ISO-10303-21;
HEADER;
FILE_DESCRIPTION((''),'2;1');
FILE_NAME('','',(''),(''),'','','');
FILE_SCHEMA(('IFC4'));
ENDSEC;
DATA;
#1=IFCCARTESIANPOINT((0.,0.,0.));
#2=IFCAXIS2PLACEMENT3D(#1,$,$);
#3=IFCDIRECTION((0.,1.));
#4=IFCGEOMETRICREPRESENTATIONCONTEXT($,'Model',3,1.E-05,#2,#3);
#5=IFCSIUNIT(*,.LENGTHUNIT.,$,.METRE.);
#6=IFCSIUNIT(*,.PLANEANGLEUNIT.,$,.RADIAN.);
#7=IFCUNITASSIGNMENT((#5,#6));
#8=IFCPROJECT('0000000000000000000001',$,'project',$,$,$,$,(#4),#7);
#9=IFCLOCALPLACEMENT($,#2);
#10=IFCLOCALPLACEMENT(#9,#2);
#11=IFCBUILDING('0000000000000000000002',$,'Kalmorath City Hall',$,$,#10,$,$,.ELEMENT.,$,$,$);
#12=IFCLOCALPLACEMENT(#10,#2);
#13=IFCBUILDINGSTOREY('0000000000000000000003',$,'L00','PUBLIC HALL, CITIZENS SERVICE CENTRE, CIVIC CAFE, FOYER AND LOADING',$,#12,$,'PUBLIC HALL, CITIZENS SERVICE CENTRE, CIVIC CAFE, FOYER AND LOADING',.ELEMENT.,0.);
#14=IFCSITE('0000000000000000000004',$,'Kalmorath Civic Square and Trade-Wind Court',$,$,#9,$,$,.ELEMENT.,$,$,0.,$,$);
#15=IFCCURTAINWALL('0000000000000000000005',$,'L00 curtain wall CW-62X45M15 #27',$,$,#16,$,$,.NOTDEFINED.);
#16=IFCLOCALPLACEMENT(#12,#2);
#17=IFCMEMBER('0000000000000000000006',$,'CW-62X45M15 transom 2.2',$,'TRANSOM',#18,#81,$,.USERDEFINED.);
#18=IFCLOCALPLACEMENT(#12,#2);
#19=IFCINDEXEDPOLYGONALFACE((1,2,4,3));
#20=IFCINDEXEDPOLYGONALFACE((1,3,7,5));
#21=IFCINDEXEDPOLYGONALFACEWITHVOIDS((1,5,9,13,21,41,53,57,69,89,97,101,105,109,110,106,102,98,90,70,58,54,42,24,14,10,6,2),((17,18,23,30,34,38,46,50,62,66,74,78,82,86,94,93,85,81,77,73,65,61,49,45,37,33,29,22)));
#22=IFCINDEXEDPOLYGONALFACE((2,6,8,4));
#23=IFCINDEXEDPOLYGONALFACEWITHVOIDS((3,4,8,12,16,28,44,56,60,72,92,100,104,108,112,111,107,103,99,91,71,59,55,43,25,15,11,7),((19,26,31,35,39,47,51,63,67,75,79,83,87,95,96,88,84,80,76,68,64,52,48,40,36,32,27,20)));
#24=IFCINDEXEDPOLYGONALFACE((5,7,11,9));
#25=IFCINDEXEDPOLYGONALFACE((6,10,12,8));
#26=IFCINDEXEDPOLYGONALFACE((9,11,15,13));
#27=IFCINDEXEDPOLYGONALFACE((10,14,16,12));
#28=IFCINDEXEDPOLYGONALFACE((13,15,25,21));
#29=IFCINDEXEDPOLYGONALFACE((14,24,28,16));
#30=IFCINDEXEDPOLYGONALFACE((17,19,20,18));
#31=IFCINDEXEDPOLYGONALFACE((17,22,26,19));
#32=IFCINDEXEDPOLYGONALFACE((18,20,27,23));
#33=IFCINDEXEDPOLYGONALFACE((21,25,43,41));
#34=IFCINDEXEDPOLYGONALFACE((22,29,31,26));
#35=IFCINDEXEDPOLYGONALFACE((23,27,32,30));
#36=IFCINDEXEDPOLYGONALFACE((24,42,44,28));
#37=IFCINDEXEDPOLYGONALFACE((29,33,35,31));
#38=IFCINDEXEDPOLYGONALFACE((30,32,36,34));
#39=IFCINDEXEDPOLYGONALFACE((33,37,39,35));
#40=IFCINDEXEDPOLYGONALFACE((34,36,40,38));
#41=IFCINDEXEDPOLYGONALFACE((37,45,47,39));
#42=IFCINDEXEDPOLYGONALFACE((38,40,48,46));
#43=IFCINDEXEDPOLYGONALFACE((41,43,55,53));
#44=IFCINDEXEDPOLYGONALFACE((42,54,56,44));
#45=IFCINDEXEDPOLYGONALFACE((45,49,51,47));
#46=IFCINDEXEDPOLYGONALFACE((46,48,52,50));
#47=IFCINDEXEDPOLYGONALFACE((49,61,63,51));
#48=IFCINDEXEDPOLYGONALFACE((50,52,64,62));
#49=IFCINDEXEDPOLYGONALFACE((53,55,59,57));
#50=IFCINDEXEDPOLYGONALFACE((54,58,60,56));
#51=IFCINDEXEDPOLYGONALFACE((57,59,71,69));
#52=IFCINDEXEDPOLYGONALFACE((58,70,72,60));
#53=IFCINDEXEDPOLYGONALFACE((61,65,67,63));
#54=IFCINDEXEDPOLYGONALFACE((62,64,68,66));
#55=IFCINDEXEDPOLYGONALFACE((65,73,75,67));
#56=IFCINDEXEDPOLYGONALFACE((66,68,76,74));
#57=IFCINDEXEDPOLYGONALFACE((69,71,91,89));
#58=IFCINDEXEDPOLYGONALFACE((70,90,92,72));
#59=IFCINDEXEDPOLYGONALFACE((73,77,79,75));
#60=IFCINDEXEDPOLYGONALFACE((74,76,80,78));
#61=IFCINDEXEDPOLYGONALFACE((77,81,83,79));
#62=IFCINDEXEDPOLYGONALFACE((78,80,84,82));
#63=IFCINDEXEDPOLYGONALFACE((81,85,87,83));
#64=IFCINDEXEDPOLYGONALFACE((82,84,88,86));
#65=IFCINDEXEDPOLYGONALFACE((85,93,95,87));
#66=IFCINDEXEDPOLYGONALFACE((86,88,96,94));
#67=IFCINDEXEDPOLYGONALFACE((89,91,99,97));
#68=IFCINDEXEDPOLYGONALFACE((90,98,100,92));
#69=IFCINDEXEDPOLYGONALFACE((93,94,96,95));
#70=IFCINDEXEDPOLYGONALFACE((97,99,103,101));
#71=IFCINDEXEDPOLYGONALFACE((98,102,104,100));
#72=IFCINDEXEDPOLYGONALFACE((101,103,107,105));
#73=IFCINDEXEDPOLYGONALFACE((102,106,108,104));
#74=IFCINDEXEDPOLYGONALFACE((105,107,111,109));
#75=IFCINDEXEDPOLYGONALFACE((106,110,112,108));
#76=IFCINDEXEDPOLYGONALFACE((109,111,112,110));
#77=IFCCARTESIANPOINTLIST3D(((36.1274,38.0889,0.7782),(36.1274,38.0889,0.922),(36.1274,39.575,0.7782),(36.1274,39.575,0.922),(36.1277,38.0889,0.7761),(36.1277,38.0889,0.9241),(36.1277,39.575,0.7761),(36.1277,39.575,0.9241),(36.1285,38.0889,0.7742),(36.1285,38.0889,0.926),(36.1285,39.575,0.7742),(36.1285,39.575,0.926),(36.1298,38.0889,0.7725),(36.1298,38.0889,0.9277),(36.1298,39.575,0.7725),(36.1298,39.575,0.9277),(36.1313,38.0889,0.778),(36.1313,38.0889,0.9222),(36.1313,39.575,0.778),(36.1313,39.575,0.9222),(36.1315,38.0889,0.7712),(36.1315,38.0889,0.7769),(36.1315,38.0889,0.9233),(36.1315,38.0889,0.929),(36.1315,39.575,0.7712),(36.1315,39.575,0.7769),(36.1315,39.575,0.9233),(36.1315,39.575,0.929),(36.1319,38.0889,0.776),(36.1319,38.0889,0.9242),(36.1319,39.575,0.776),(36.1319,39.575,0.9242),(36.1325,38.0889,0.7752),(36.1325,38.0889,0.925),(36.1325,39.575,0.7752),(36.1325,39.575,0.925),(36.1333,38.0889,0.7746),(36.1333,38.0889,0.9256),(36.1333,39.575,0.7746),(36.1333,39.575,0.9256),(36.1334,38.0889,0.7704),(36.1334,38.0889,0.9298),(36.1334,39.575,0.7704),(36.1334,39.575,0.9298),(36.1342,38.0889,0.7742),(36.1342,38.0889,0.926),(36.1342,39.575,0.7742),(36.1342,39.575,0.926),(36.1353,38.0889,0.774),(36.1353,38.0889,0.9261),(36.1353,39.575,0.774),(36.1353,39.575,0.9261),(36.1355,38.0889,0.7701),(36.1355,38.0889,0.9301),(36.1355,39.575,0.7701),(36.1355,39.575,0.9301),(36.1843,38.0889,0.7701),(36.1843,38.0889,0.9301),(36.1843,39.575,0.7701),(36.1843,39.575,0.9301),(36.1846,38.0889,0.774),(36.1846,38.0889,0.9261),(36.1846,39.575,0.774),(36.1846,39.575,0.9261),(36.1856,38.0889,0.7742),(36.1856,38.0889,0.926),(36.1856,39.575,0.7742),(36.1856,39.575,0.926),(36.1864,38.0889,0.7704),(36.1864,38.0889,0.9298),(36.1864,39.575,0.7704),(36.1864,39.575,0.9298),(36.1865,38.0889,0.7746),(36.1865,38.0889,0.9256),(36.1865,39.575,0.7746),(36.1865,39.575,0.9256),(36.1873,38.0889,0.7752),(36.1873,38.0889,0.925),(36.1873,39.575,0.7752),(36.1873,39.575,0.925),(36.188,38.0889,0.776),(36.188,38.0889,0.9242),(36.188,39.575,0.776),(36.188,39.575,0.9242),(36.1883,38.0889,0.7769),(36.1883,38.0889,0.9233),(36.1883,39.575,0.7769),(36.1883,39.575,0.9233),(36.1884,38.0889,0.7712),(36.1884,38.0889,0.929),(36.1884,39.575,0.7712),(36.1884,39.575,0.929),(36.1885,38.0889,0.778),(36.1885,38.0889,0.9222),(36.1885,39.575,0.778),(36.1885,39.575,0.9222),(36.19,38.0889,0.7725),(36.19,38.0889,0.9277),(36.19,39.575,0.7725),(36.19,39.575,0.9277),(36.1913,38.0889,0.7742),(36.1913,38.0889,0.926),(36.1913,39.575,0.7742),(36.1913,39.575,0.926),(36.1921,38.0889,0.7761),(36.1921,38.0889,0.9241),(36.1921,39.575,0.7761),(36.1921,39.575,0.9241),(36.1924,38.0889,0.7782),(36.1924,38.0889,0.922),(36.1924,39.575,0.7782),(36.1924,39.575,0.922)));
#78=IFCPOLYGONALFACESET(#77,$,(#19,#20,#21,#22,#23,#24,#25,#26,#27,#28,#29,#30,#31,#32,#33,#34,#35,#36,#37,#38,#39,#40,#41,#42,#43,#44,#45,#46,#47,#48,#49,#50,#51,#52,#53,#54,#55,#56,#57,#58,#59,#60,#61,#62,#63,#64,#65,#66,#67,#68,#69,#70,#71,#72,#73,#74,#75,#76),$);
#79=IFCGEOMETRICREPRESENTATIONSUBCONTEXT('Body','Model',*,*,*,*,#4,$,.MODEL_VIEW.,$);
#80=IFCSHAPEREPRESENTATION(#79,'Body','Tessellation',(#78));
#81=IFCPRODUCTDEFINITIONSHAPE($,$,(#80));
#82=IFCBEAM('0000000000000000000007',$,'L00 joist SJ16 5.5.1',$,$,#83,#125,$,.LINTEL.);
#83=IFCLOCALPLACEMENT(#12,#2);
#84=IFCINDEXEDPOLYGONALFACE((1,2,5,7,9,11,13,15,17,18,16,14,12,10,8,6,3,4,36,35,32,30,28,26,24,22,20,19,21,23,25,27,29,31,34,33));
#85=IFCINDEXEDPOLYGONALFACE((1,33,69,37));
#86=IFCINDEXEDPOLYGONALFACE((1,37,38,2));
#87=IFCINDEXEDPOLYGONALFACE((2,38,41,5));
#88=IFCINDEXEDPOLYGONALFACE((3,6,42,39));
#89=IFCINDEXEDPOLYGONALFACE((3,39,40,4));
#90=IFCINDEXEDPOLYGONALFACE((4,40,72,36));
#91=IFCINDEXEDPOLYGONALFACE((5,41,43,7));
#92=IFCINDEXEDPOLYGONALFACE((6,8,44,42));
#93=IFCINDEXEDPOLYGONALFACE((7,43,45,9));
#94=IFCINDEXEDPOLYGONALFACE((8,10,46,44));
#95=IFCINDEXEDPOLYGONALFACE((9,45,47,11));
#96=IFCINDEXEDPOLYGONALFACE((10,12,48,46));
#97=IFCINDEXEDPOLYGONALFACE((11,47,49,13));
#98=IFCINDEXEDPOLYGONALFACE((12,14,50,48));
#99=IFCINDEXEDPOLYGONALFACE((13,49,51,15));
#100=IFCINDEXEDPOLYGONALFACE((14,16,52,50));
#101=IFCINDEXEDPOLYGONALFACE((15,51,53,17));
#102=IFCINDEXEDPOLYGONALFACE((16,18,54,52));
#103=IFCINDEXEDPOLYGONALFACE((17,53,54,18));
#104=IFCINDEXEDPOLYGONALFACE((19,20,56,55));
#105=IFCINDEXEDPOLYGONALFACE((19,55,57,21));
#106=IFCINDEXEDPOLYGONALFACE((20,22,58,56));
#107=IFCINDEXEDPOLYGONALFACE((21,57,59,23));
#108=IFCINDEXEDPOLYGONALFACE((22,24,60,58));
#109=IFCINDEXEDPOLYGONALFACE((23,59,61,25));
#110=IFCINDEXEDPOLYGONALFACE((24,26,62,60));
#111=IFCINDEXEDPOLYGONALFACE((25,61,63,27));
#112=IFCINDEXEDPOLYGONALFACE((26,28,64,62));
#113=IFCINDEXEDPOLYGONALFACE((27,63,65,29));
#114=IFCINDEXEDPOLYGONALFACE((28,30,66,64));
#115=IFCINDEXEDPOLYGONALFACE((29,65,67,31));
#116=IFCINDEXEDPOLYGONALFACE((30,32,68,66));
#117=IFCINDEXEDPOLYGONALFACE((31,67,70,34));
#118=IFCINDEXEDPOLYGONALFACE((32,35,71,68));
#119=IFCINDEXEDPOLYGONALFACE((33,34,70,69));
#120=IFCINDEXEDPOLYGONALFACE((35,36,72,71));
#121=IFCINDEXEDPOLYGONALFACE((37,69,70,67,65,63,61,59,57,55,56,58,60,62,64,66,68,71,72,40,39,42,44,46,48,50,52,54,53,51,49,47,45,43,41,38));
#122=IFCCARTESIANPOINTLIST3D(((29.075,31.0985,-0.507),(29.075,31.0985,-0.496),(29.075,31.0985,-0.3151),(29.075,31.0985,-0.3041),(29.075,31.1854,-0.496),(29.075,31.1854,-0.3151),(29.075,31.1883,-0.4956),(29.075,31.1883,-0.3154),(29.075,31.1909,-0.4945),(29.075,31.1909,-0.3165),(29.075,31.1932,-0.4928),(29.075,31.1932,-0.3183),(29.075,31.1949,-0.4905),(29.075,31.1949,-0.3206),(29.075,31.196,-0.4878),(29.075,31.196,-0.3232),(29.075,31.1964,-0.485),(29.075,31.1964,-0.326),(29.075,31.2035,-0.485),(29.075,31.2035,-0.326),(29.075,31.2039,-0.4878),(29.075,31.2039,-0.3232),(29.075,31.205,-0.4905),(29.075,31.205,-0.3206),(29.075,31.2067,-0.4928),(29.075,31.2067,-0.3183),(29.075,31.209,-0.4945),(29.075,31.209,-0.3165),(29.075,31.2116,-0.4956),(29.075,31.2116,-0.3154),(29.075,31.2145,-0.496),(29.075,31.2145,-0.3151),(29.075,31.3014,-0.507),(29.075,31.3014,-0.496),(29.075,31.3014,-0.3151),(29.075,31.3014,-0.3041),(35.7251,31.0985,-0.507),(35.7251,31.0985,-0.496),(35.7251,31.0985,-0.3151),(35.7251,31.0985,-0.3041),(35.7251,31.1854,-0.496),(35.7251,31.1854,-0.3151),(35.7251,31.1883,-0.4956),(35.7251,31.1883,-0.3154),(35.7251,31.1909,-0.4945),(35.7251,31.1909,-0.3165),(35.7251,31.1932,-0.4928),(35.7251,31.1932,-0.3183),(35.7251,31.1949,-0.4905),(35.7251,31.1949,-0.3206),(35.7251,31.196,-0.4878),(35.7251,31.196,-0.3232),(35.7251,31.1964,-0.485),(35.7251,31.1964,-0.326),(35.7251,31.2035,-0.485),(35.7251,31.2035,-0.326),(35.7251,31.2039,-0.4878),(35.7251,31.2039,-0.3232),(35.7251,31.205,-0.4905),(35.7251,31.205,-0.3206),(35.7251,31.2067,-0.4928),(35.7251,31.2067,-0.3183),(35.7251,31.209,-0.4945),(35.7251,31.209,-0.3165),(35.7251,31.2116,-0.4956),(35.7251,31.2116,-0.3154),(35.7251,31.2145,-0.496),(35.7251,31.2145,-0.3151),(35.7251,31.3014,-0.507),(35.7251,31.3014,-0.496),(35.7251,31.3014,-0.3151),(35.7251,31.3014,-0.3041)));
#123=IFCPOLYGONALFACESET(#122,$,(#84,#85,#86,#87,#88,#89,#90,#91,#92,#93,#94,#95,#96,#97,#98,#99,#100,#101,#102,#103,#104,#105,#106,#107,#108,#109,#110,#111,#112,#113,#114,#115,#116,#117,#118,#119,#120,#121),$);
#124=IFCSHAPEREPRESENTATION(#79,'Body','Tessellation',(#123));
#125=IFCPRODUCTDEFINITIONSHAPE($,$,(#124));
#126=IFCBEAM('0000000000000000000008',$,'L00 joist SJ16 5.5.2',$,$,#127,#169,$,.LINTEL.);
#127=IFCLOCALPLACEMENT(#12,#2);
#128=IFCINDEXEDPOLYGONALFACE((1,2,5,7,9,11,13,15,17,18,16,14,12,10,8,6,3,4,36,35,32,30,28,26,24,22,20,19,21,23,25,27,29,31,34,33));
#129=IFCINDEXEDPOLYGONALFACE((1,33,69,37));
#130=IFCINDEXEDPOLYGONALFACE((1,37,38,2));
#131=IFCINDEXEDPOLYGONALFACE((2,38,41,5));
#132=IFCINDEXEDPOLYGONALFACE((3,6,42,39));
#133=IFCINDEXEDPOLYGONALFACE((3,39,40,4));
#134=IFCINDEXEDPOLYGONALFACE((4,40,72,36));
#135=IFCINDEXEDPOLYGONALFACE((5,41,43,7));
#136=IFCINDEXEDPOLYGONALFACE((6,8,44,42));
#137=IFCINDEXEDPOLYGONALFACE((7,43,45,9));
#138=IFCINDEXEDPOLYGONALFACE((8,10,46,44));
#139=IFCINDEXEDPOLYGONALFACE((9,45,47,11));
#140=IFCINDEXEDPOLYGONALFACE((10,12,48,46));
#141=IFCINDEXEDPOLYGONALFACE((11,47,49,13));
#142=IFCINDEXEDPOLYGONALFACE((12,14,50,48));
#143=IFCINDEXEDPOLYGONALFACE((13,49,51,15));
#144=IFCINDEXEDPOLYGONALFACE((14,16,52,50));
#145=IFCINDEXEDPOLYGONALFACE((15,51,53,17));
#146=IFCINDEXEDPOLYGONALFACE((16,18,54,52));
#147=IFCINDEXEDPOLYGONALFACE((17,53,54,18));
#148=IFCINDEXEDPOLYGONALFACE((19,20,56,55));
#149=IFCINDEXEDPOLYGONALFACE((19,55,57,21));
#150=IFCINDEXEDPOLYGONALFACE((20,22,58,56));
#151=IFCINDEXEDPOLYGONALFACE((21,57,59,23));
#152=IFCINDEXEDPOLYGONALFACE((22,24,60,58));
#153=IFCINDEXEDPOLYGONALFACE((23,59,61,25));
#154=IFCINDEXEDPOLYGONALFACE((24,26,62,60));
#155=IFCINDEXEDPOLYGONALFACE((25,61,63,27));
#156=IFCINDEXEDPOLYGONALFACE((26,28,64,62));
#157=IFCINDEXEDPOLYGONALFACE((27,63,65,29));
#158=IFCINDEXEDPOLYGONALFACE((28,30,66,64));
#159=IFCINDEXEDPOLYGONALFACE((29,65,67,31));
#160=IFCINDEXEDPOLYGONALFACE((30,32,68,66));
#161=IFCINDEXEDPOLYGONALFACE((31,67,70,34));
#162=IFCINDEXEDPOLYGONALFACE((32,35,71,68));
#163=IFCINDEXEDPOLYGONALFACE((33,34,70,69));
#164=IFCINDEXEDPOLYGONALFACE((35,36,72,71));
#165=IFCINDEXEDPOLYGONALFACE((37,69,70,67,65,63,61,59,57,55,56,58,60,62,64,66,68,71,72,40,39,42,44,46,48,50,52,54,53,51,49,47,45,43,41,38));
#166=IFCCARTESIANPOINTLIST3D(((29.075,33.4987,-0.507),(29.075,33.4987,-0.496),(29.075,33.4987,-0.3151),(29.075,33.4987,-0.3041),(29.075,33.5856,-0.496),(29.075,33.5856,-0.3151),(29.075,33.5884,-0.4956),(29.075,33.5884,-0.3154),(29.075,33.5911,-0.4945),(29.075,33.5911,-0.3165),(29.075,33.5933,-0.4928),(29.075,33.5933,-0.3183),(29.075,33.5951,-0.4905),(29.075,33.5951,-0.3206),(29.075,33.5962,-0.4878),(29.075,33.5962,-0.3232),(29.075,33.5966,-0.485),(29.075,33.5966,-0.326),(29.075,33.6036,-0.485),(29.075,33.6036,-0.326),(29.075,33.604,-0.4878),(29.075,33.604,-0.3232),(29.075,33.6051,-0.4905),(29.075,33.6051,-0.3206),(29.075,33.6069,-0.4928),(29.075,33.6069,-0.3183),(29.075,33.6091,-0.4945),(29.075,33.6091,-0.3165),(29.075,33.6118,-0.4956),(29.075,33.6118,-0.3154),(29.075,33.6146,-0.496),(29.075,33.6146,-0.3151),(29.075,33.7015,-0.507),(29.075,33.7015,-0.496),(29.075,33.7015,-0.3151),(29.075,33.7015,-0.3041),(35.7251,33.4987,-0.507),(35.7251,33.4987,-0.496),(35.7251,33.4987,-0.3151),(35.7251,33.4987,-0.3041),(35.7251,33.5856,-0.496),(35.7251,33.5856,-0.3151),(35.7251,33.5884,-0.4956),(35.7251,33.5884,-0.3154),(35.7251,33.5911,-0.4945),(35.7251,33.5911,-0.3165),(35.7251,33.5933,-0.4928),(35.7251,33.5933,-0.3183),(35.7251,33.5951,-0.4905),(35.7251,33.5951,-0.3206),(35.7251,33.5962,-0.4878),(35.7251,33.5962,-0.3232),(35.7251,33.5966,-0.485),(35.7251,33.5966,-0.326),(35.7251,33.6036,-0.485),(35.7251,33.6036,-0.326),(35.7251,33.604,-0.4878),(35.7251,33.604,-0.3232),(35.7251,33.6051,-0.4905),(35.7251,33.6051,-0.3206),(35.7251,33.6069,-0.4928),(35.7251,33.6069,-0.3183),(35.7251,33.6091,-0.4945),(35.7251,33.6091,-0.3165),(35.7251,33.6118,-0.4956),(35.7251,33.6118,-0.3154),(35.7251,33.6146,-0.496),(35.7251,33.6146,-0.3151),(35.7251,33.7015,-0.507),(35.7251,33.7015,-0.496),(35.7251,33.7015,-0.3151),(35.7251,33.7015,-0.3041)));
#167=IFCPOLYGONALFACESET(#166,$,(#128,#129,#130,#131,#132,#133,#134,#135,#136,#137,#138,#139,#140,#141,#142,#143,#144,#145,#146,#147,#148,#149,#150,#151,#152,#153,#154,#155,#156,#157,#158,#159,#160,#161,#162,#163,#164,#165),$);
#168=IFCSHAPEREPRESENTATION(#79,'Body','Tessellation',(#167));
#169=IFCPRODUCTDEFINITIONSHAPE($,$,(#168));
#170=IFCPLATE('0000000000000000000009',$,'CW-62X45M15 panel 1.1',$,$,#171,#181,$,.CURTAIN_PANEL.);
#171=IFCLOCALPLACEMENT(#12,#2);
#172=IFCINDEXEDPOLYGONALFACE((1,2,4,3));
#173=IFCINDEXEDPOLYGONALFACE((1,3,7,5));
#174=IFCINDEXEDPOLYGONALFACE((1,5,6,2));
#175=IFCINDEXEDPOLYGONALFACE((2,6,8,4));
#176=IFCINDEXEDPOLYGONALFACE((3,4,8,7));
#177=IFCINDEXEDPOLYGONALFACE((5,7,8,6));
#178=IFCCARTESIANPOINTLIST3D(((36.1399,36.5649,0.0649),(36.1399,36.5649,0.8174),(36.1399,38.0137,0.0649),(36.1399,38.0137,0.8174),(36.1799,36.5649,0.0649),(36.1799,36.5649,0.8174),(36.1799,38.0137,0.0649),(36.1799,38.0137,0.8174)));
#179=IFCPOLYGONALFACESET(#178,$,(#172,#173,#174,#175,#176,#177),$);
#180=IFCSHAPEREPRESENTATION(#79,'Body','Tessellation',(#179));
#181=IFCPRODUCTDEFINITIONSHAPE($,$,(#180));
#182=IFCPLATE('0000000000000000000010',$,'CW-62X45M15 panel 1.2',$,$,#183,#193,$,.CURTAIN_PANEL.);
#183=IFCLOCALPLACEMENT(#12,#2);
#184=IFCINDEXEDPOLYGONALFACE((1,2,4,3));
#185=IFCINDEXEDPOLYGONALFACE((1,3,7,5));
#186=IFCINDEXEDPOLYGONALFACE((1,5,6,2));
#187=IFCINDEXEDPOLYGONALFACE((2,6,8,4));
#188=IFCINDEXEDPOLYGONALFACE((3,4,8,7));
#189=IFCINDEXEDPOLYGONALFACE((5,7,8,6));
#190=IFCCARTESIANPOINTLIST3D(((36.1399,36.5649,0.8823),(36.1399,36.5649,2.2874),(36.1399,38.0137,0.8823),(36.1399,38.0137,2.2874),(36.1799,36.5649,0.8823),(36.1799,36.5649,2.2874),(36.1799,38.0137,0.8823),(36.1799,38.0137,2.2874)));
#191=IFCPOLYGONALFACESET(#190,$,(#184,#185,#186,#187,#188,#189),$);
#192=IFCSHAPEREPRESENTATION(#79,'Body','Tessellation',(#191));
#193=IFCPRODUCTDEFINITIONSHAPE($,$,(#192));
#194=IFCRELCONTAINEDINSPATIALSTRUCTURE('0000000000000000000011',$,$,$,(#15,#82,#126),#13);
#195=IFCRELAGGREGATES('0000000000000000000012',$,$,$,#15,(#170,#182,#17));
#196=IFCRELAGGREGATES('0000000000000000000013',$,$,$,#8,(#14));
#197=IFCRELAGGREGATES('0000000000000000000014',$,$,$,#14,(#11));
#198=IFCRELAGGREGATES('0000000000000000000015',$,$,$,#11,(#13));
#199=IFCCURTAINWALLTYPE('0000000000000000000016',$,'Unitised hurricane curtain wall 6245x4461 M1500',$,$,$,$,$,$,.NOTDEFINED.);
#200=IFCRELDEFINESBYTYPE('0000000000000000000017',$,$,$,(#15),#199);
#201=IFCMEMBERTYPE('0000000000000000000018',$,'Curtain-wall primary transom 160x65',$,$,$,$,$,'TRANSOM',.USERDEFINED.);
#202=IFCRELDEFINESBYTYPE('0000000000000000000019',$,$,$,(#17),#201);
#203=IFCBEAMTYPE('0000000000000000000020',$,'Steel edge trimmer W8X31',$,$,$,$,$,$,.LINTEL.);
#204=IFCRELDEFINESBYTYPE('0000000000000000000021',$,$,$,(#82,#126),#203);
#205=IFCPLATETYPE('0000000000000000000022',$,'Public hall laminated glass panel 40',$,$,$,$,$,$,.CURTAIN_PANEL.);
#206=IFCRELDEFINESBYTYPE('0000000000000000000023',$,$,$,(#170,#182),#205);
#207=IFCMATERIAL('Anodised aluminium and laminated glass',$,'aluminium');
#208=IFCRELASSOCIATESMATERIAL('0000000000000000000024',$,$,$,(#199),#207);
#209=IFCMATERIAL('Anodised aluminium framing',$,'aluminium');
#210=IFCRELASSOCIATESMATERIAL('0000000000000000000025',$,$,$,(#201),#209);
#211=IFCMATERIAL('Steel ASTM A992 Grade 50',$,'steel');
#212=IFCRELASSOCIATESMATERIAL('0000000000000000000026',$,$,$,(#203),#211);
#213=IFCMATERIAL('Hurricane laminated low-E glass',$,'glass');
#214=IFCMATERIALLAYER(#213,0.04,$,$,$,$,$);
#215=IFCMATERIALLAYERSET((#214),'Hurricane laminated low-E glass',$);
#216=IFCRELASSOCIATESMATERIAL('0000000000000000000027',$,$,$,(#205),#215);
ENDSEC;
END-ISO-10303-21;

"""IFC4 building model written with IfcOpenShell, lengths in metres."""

from ifc_helpers import new_model, si_unit, direction, frame, origin, origin_2d, place, context, subcontext, project, spatial, rectangle, hollow_rectangle, i_section, extrude, material, layer, layer_set, material_profile, profile_set, type_object, element, aggregate, save


model = new_model("IFC4")

# Units and contexts
model_context = context("Model", 3, precision=1e-05, world=origin(), true_north=direction((0.0, 1.0)))
body_context = subcontext(model_context, "Body", "Model", "MODEL_VIEW")
ifc_project = project(units=[si_unit("LENGTHUNIT", "METRE"), si_unit("PLANEANGLEUNIT", "RADIAN")], contexts=[model_context])

# Site, building, storey
site_placement = place(None, origin())
site = spatial("IfcSite", under=ifc_project, at=site_placement, Name="Kalmorath Civic Square and Trade-Wind Court", CompositionType="ELEMENT", RefElevation=0.0)
building_placement = place(site_placement, origin())
building = spatial("IfcBuilding", under=site, at=building_placement, Name="Kalmorath City Hall", CompositionType="ELEMENT")
storey_placement = place(building_placement, origin())
storey = spatial("IfcBuildingStorey", under=building, at=storey_placement, Name="L00", Description="PUBLIC HALL, CITIZENS SERVICE CENTRE, CIVIC CAFE, FOYER AND LOADING", LongName="PUBLIC HALL, CITIZENS SERVICE CENTRE, CIVIC CAFE, FOYER AND LOADING", CompositionType="ELEMENT", Elevation=0.0)

# Curtain wall, member
ifc_material_1 = material(Name="Anodised aluminium and laminated glass", Category="aluminium")
curtain_wall_type = type_object("IfcCurtainWallType", Name="Unitised hurricane curtain wall 6245x4461 M1500", PredefinedType="NOTDEFINED", material=ifc_material_1)
curtain_wall_placement = place(storey_placement, origin())
curtain_wall = element("IfcCurtainWall", 1, at=curtain_wall_placement, inside=storey, type_object=curtain_wall_type, Name="L00 curtain wall CW-62X45M15 #27", PredefinedType="NOTDEFINED")
ifc_material_2 = material(Name="Anodised aluminium framing", Category="aluminium")
ifc_material_profile_1 = material_profile(ifc_material_2, hollow_rectangle(XDim=0.0649, YDim=0.1599, WallThickness=0.0039, InnerFilletRadius=0.0039, OuterFilletRadius=0.0081, at=origin_2d()), Name="ALU-TRN-160X65X4")
ifc_profile_set_1 = profile_set([ifc_material_profile_1], Name="Anodised aluminium framing")
member_type_1 = type_object("IfcMemberType", Name="Curtain-wall primary transom 160x65", ElementType="TRANSOM", PredefinedType="USERDEFINED", material=ifc_profile_set_1)
member_1_placement = place(storey_placement, frame((36.1599, 38.0889, 0.8501), z_axis=(0.0, 1.0, 0.0), x_axis=(-1.0, 0.0, 0.0)))
member_1 = element("IfcMember", 2, at=member_1_placement, type_object=member_type_1, Name="CW-62X45M15 transom 2.2", ObjectType="TRANSOM", PredefinedType="USERDEFINED", context=body_context, shape_type="SweptSolid", body=[
    extrude(hollow_rectangle(XDim=0.0649, YDim=0.1599, WallThickness=0.0039, InnerFilletRadius=0.0039, OuterFilletRadius=0.0081, at=origin_2d()), origin(), (0.0, 0.0, 1.0), 1.4861),
])

# Beams
ifc_material_3 = material(Name="Steel ASTM A992 Grade 50", Category="steel")
ifc_material_profile_2 = material_profile(ifc_material_3, i_section(OverallWidth=0.2029, OverallDepth=0.2029, WebThickness=0.0071, FlangeThickness=0.011, FilletRadius=0.011, at=origin_2d()), Name="W8X31")
ifc_profile_set_2 = profile_set([ifc_material_profile_2], Name="Steel ASTM A992 Grade 50")
beam_type_1 = type_object("IfcBeamType", Name="Steel edge trimmer W8X31", PredefinedType="LINTEL", material=ifc_profile_set_2)
for number, where, z_axis, x_axis, name in (
    (3, (29.075, 31.2, -0.4055), (1.0, 0.0, 0.0), (0.0, 1.0, 0.0), "L00 joist SJ16 5.5.1"),
    (4, (29.075, 33.6001, -0.4055), (1.0, 0.0, 0.0), (0.0, 1.0, 0.0), "L00 joist SJ16 5.5.2"),
):
    element("IfcBeam", number, at=place(storey_placement, frame(where, z_axis=z_axis, x_axis=x_axis)), inside=storey, type_object=beam_type_1, Name=name, PredefinedType="LINTEL", context=body_context, shape_type="SweptSolid", body=[
        extrude(i_section(OverallWidth=0.2029, OverallDepth=0.2029, WebThickness=0.0071, FlangeThickness=0.011, FilletRadius=0.011, at=origin_2d()), origin(), (0.0, 0.0, 1.0), 6.6501),
    ])

# Plates
ifc_material_4 = material(Name="Hurricane laminated low-E glass", Category="glass")
ifc_layer_1 = layer(ifc_material_4, 0.04)
ifc_layer_set_1 = layer_set([ifc_layer_1], Name="Hurricane laminated low-E glass")
plate_type = type_object("IfcPlateType", Name="Public hall laminated glass panel 40", PredefinedType="CURTAIN_PANEL", material=ifc_layer_set_1)
plate_1_placement = place(storey_placement, frame((36.1599, 37.2893, 0.0649), z_axis=(0.0, 0.0, 1.0), x_axis=(0.0, 1.0, 0.0)))
plate_1 = element("IfcPlate", 5, at=plate_1_placement, type_object=plate_type, Name="CW-62X45M15 panel 1.1", PredefinedType="CURTAIN_PANEL", context=body_context, shape_type="SweptSolid", body=[
    extrude(rectangle(XDim=1.4487, YDim=0.04, at=origin_2d()), origin(), (0.0, 0.0, 1.0), 0.7524),
])
plate_2_placement = place(storey_placement, frame((36.1599, 37.2893, 0.8823), z_axis=(0.0, 0.0, 1.0), x_axis=(0.0, 1.0, 0.0)))
plate_2 = element("IfcPlate", 6, at=plate_2_placement, type_object=plate_type, Name="CW-62X45M15 panel 1.2", PredefinedType="CURTAIN_PANEL", context=body_context, shape_type="SweptSolid", body=[
    extrude(rectangle(XDim=1.4487, YDim=0.04, at=origin_2d()), origin(), (0.0, 0.0, 1.0), 1.405),
])
aggregate(curtain_wall, [plate_1, plate_2, member_1])

save(model, "model.ifc")
